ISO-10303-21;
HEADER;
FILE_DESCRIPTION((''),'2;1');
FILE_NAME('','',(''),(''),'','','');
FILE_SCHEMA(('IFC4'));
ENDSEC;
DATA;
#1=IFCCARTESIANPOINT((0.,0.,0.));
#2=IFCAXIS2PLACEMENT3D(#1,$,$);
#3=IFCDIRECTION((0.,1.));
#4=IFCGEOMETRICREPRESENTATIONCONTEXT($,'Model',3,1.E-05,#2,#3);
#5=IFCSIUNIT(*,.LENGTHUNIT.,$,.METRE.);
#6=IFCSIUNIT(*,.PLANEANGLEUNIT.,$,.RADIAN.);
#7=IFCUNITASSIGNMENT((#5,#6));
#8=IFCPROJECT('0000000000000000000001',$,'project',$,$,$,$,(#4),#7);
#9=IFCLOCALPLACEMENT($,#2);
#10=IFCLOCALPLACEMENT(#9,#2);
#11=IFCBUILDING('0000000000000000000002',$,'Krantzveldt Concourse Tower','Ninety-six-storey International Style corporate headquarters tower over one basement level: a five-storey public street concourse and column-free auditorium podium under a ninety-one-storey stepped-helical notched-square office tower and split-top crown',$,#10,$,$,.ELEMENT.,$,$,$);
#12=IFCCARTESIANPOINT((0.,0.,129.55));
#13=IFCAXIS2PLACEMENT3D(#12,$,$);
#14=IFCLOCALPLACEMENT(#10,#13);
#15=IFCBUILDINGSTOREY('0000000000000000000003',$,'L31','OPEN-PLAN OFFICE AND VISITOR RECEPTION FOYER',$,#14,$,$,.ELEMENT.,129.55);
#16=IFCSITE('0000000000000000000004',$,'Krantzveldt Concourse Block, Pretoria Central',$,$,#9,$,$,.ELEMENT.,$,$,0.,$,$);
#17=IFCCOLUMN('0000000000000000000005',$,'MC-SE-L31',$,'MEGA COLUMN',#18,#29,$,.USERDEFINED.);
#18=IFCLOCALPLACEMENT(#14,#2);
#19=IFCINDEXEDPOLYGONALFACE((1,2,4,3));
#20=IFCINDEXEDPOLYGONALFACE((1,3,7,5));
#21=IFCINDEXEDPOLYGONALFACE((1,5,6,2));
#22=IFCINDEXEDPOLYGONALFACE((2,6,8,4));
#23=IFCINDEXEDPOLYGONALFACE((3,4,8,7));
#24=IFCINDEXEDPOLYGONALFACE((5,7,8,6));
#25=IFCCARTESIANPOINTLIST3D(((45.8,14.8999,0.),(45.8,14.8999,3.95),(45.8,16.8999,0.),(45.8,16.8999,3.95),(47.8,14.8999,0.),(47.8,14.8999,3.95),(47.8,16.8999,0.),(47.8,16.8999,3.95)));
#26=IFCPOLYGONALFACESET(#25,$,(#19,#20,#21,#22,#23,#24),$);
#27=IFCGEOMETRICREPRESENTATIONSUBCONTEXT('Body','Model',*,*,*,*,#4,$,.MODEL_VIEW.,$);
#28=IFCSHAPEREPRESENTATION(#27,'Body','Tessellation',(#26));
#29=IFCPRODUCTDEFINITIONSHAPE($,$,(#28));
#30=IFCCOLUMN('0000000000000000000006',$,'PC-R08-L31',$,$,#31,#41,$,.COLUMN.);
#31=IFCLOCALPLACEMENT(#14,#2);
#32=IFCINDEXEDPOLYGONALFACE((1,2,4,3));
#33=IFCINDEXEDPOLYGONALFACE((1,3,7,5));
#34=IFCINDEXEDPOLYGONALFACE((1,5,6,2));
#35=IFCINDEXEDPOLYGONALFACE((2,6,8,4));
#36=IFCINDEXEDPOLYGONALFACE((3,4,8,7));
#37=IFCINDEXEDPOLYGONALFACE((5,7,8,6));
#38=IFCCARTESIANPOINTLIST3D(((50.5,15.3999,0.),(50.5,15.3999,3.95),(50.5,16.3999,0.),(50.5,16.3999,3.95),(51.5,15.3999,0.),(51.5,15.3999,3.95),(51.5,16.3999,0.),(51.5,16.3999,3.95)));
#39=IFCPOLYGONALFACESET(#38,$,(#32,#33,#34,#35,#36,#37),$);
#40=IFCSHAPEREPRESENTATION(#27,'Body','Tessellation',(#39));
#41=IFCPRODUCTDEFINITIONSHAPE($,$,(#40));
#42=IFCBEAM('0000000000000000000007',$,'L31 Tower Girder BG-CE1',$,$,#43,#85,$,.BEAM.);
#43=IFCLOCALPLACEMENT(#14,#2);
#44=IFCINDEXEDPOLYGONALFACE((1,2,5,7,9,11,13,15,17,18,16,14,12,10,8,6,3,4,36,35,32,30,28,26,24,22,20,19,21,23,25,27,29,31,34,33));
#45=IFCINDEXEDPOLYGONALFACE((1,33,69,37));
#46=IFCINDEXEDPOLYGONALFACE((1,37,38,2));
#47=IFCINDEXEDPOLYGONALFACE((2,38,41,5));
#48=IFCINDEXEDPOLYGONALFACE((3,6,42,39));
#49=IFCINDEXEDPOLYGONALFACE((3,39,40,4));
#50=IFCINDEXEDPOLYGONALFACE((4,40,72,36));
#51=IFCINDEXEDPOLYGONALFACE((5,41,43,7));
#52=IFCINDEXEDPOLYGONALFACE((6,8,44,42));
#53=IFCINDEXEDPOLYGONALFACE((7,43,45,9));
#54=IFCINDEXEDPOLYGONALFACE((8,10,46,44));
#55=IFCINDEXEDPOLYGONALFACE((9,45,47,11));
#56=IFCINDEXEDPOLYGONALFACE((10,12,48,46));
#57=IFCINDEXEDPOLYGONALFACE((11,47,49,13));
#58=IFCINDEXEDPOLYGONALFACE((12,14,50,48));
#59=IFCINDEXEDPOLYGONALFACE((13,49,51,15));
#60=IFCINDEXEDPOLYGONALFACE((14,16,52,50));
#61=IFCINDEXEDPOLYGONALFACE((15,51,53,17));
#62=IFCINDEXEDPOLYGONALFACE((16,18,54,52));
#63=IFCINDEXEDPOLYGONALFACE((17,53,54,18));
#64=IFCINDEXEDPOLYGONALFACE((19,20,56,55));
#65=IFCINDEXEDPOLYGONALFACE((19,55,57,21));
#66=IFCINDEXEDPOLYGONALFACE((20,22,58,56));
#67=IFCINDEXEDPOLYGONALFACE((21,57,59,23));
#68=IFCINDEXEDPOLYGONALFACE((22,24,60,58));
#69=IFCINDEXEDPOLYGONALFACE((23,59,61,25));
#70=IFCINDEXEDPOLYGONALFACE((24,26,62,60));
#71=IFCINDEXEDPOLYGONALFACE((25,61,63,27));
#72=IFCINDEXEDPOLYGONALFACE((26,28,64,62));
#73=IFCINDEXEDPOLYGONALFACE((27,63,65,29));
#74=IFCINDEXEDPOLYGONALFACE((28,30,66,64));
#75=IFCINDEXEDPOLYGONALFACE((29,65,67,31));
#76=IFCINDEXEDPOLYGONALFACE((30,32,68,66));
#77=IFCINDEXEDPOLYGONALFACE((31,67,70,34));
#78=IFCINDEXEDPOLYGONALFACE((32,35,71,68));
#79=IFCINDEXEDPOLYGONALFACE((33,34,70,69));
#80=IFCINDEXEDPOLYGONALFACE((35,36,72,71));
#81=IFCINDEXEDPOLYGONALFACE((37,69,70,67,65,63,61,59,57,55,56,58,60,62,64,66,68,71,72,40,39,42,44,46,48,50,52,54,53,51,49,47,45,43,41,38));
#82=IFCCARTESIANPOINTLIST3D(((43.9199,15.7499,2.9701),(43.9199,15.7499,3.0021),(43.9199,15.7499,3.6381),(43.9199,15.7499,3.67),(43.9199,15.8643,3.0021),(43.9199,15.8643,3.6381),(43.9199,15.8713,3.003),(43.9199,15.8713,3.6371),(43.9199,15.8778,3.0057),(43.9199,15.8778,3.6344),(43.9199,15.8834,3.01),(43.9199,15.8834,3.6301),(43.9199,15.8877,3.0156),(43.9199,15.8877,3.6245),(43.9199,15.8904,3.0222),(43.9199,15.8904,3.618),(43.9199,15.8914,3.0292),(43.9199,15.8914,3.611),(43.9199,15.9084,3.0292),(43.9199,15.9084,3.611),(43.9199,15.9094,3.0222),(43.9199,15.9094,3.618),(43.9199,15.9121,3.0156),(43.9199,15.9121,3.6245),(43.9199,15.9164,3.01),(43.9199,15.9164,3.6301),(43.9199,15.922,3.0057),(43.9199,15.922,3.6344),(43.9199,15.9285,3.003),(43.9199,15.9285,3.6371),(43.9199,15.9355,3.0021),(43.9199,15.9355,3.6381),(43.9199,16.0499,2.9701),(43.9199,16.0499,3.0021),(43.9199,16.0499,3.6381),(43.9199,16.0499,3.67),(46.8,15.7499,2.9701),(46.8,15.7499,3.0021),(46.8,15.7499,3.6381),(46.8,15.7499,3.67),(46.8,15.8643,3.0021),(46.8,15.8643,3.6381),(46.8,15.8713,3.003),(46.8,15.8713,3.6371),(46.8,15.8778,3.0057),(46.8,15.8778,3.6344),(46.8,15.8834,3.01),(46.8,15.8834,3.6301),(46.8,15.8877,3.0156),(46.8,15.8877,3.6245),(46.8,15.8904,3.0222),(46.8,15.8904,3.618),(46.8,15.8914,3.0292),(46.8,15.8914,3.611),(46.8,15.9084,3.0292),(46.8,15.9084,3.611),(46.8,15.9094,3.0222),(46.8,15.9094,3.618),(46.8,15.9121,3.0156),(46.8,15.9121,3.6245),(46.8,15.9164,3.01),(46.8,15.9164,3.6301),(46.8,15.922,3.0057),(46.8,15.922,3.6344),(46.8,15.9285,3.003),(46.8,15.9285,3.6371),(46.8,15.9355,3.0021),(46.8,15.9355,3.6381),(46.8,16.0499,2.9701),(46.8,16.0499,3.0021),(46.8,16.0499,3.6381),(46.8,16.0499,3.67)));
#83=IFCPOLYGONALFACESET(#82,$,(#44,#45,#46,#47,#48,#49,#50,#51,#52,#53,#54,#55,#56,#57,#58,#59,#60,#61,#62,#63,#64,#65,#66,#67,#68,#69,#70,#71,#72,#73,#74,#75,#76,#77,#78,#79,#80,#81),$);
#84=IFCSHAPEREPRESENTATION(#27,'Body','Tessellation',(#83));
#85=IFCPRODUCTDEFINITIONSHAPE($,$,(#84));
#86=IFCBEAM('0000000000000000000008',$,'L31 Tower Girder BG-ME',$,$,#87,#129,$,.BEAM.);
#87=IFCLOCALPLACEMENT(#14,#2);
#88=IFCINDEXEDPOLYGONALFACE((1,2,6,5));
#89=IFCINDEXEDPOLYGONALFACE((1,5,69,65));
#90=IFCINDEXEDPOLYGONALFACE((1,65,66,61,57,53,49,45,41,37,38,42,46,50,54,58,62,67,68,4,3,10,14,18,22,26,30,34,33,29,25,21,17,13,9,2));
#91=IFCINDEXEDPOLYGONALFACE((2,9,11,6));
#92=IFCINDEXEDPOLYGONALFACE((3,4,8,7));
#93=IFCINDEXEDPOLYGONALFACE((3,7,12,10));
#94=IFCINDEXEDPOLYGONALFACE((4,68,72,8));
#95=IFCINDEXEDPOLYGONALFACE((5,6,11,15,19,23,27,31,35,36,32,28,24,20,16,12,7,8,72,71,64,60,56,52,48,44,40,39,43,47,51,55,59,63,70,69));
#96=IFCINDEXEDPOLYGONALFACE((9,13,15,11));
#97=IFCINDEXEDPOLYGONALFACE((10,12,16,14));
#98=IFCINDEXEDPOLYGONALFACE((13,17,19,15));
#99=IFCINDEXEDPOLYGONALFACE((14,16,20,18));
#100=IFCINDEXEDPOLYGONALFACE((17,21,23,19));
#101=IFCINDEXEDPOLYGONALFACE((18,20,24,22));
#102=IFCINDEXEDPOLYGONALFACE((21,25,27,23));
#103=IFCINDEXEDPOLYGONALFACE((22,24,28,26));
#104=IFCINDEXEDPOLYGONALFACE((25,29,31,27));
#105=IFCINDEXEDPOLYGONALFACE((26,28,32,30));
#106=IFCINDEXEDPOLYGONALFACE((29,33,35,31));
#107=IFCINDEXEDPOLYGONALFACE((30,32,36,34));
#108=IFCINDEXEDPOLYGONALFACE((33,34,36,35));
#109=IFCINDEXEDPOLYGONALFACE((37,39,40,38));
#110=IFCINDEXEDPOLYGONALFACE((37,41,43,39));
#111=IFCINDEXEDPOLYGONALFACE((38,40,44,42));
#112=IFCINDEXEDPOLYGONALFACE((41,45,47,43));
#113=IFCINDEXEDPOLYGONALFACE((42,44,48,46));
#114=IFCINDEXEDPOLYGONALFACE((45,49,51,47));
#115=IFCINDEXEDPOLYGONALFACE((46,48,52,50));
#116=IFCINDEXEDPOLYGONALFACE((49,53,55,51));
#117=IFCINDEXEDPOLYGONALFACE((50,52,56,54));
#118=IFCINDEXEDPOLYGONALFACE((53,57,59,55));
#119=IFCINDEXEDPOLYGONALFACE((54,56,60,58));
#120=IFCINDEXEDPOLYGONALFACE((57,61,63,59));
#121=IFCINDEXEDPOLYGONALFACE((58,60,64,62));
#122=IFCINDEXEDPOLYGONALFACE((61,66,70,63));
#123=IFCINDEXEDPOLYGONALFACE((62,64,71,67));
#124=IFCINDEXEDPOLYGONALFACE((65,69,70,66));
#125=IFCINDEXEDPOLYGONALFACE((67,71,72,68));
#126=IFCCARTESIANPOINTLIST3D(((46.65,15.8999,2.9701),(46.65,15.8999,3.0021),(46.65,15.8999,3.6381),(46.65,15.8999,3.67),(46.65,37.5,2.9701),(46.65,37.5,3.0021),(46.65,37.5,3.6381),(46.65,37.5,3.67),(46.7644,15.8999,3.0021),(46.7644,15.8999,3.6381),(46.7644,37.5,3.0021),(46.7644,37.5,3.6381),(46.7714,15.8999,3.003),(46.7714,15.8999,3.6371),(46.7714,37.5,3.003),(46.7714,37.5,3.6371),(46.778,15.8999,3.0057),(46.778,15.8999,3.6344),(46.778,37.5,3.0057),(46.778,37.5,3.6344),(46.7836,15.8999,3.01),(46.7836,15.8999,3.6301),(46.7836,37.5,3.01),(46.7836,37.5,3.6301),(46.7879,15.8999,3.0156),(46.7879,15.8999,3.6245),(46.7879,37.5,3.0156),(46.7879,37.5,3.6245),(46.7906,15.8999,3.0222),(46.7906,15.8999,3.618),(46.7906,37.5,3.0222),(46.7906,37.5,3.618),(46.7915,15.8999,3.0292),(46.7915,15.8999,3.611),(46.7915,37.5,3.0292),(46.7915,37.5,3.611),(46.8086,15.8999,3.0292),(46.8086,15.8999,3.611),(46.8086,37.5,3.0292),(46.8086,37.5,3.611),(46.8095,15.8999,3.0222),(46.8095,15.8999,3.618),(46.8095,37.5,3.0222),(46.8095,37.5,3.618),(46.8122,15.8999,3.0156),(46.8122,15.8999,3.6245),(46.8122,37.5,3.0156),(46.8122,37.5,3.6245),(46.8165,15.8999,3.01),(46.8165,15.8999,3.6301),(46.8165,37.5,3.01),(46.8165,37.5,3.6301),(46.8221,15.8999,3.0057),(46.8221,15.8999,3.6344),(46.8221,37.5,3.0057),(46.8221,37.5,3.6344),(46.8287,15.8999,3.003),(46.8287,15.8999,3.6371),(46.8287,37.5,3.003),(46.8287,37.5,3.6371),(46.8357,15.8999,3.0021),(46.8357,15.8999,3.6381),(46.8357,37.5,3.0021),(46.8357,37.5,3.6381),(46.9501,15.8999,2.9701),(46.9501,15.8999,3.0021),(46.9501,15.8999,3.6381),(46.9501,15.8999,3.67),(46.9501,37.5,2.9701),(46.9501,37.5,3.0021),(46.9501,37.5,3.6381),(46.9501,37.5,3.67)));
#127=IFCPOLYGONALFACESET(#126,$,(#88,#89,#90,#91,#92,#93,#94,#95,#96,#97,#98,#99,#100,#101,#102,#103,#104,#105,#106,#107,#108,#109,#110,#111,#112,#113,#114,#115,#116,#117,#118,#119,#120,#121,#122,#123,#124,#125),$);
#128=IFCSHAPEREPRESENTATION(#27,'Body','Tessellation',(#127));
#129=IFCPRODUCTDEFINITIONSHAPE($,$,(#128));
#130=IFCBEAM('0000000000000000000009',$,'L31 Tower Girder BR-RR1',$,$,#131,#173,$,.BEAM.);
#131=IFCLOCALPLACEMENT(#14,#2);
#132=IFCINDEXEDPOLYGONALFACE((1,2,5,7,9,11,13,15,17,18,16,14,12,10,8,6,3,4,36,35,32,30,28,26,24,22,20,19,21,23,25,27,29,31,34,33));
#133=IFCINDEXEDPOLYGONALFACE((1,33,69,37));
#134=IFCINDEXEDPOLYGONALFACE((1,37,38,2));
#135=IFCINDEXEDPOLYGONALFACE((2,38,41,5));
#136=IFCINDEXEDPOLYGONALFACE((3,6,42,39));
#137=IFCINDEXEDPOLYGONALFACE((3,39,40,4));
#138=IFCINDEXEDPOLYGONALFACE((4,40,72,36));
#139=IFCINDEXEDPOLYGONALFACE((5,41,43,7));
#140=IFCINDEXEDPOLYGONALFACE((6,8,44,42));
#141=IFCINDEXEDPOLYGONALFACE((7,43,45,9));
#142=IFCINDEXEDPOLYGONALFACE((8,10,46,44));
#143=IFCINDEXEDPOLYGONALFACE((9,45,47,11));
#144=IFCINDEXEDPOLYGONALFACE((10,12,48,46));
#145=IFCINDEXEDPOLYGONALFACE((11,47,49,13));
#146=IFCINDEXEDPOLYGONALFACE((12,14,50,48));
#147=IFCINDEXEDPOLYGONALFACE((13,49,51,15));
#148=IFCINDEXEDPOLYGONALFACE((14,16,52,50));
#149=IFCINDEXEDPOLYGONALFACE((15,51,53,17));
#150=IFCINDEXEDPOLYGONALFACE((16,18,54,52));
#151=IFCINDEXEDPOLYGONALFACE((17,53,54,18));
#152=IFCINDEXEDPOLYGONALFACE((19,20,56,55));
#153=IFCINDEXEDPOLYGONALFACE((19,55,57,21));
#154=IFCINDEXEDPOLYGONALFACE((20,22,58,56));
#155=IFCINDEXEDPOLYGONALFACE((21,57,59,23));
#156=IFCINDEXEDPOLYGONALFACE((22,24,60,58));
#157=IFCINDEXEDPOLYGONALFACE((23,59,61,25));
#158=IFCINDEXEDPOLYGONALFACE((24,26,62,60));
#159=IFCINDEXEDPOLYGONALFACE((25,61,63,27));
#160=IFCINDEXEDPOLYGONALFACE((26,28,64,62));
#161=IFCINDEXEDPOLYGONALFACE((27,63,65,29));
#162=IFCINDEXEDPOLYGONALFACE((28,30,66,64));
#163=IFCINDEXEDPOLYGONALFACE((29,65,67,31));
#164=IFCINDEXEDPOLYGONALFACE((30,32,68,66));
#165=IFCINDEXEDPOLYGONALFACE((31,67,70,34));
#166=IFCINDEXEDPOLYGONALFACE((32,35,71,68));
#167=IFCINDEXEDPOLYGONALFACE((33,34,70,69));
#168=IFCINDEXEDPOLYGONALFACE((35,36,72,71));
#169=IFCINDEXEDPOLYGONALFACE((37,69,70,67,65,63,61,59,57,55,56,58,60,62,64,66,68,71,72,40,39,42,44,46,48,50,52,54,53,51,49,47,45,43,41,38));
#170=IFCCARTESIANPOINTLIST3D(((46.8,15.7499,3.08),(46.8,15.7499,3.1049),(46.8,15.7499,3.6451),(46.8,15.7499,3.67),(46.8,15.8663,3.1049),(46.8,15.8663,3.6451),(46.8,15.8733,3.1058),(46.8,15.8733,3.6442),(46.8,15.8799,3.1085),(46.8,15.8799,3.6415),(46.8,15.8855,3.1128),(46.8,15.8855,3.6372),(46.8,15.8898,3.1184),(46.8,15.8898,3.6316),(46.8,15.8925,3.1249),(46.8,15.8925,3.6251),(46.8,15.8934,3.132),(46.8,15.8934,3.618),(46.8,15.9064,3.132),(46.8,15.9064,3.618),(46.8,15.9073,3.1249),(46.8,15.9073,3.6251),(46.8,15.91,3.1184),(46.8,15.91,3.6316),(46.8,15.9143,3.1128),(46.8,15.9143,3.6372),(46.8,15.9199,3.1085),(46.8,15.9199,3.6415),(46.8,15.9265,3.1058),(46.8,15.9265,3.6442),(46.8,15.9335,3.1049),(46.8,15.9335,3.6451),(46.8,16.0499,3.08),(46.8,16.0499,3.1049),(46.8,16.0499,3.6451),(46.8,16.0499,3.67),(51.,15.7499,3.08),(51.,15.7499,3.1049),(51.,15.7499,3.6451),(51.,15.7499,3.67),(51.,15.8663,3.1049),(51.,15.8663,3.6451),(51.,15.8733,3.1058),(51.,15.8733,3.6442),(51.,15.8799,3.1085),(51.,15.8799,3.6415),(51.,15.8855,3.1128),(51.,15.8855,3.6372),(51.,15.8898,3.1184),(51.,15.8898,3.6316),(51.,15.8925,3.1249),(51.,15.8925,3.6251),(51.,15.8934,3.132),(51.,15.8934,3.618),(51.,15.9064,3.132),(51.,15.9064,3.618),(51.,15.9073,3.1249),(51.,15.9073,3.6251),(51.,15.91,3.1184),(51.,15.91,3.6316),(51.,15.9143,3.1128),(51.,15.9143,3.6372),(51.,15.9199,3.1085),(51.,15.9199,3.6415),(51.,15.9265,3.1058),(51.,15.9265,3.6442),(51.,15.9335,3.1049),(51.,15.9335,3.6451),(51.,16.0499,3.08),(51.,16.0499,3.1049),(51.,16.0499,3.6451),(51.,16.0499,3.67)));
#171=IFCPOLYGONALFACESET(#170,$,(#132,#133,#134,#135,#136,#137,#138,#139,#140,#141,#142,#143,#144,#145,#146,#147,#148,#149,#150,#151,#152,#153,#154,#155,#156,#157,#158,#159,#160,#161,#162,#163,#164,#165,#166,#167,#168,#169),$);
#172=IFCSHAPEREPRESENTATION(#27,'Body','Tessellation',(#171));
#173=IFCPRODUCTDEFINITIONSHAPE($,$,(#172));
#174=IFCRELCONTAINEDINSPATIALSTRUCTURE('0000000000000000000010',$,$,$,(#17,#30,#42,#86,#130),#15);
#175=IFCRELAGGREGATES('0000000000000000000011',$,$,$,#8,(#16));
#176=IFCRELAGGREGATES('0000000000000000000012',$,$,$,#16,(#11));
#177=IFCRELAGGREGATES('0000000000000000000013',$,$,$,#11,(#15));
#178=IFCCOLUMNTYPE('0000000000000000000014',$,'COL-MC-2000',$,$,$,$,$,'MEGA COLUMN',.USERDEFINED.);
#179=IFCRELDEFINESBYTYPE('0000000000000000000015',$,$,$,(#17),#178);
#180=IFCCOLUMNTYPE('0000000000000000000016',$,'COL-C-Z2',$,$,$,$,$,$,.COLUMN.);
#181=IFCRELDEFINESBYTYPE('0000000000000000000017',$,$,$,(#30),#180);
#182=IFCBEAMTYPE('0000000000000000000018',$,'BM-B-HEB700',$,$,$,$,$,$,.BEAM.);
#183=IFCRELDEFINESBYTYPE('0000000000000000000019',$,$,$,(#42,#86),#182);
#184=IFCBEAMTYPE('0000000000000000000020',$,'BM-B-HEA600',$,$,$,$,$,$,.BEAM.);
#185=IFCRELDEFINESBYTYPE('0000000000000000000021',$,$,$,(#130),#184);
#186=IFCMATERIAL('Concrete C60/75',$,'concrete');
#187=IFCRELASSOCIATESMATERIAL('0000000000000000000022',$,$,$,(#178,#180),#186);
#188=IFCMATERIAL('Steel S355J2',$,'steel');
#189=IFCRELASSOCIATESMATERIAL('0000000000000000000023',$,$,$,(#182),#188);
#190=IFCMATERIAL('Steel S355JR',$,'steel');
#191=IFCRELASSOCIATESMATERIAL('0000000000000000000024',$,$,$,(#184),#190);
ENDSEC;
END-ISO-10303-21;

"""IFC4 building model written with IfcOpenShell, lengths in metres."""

from ifc_helpers import new_model, si_unit, direction, frame, origin, origin_2d, place, context, subcontext, project, spatial, rectangle, i_section, extrude, source, transform, mapped, material, material_profile, profile_set, type_object, type_shapes, element, save


model = new_model("IFC4")

# Units and contexts
model_context = context("Model", 3, precision=1e-05, world=origin(), true_north=direction((0.0, 1.0)))
body_context = subcontext(model_context, "Body", "Model", "MODEL_VIEW")
ifc_project = project(units=[si_unit("LENGTHUNIT", "METRE"), si_unit("PLANEANGLEUNIT", "RADIAN")], contexts=[model_context])

# Site, building, storey
site_placement = place(None, origin())
site = spatial("IfcSite", under=ifc_project, at=site_placement, Name="Krantzveldt Concourse Block, Pretoria Central", CompositionType="ELEMENT", RefElevation=0.0)
building_placement = place(site_placement, origin())
building = spatial("IfcBuilding", under=site, at=building_placement, Name="Krantzveldt Concourse Tower", Description="Ninety-six-storey International Style corporate headquarters tower over one basement level: a five-storey public street concourse and column-free auditorium podium under a ninety-one-storey stepped-helical notched-square office tower and split-top crown", CompositionType="ELEMENT")
storey_placement = place(building_placement, frame((0.0, 0.0, 129.55)))
storey = spatial("IfcBuildingStorey", under=building, at=storey_placement, Name="L31", Description="OPEN-PLAN OFFICE AND VISITOR RECEPTION FOYER", CompositionType="ELEMENT", Elevation=129.55)

# Columns
ifc_material_1 = material(Name="Concrete C60/75", Category="concrete")
ifc_material_profile_1 = material_profile(ifc_material_1, rectangle(XDim=2.0, YDim=2.0, at=origin_2d()), Name="Concrete C60/75", Category="concrete")
ifc_profile_set_1 = profile_set([ifc_material_profile_1], Name="Concrete C60/75 - RC 2000x2000")
column_type_1 = type_object("IfcColumnType", Name="COL-MC-2000", ElementType="MEGA COLUMN", PredefinedType="USERDEFINED", material=ifc_profile_set_1)
shared_shape_1 = source(origin(), body_context, "Body", "SweptSolid", [
    extrude(rectangle(XDim=2.0, YDim=2.0, at=origin_2d()), origin(), (0.0, 0.0, 1.0), 3.95),
])
type_shapes(column_type_1, [shared_shape_1])
column_1_placement = place(storey_placement, frame((46.8, 15.8999, 0.0), z_axis=(0.0, 0.0, 1.0), x_axis=(1.0, 0.0, 0.0)))
element("IfcColumn", 1, at=column_1_placement, inside=storey, type_object=column_type_1, Name="MC-SE-L31", ObjectType="MEGA COLUMN", PredefinedType="USERDEFINED", context=body_context, shape_type="MappedRepresentation", body=[
    mapped(shared_shape_1, transform((0.0, 0.0, 0.0), x_axis=(1.0, 0.0, 0.0), y_axis=(0.0, 1.0, 0.0), z_axis=(0.0, 0.0, 1.0), scale=1.0)),
])
ifc_material_profile_2 = material_profile(ifc_material_1, rectangle(XDim=1.0, YDim=1.0, at=origin_2d()), Name="Concrete C60/75", Category="concrete")
ifc_profile_set_2 = profile_set([ifc_material_profile_2], Name="Concrete C60/75 - RC 1000x1000")
column_type_2 = type_object("IfcColumnType", Name="COL-C-Z2", PredefinedType="COLUMN", material=ifc_profile_set_2)
shared_shape_2 = source(origin(), body_context, "Body", "SweptSolid", [
    extrude(rectangle(XDim=1.0, YDim=1.0, at=origin_2d()), origin(), (0.0, 0.0, 1.0), 3.95),
])
type_shapes(column_type_2, [shared_shape_2])
column_2_placement = place(storey_placement, frame((51.0, 15.8999, 0.0), z_axis=(0.0, 0.0, 1.0), x_axis=(1.0, 0.0, 0.0)))
element("IfcColumn", 2, at=column_2_placement, inside=storey, type_object=column_type_2, Name="PC-R08-L31", PredefinedType="COLUMN", context=body_context, shape_type="MappedRepresentation", body=[
    mapped(shared_shape_2, transform((0.0, 0.0, 0.0), x_axis=(1.0, 0.0, 0.0), y_axis=(0.0, 1.0, 0.0), z_axis=(0.0, 0.0, 1.0), scale=1.0)),
])

# Beams
ifc_material_2 = material(Name="Steel S355J2", Category="steel")
ifc_material_profile_3 = material_profile(ifc_material_2, i_section(OverallWidth=0.3, OverallDepth=0.7, WebThickness=0.0171, FlangeThickness=0.032, FilletRadius=0.0271, at=origin_2d()), Name="Steel S355J2", Category="steel")
ifc_profile_set_3 = profile_set([ifc_material_profile_3], Name="Steel S355J2 - HEB 700")
beam_type_1 = type_object("IfcBeamType", Name="BM-B-HEB700", PredefinedType="BEAM", material=ifc_profile_set_3)
shared_shape_3 = source(origin(), body_context, "Body", "SweptSolid", [
    extrude(i_section(OverallWidth=0.3, OverallDepth=0.7, WebThickness=0.0171, FlangeThickness=0.032, FilletRadius=0.0271, at=origin_2d()), origin(), (0.0, 0.0, 1.0), 2.8801),
])
beam_1_placement = place(storey_placement, frame((43.9199, 15.8999, 3.3201), z_axis=(1.0, 0.0, 0.0), x_axis=(0.0, 1.0, 0.0)))
element("IfcBeam", 3, at=beam_1_placement, inside=storey, type_object=beam_type_1, Name="L31 Tower Girder BG-CE1", PredefinedType="BEAM", context=body_context, shape_type="MappedRepresentation", body=[
    mapped(shared_shape_3, transform((0.0, 0.0, 0.0), x_axis=(1.0, 0.0, 0.0), y_axis=(0.0, 1.0, 0.0), z_axis=(0.0, 0.0, 1.0), scale=1.0)),
])
shared_shape_4 = source(origin(), body_context, "Body", "SweptSolid", [
    extrude(i_section(OverallWidth=0.3, OverallDepth=0.7, WebThickness=0.0171, FlangeThickness=0.032, FilletRadius=0.0271, at=origin_2d()), origin(), (0.0, 0.0, 1.0), 21.6001),
])
type_shapes(beam_type_1, [shared_shape_3, shared_shape_4])
beam_2_placement = place(storey_placement, frame((46.8, 15.8999, 3.3201), z_axis=(0.0, 1.0, 0.0), x_axis=(-1.0, 0.0, 0.0)))
element("IfcBeam", 4, at=beam_2_placement, inside=storey, type_object=beam_type_1, Name="L31 Tower Girder BG-ME", PredefinedType="BEAM", context=body_context, shape_type="MappedRepresentation", body=[
    mapped(shared_shape_4, transform((0.0, 0.0, 0.0), x_axis=(1.0, 0.0, 0.0), y_axis=(0.0, 1.0, 0.0), z_axis=(0.0, 0.0, 1.0), scale=1.0)),
])
ifc_material_3 = material(Name="Steel S355JR", Category="steel")
ifc_material_profile_4 = material_profile(ifc_material_3, i_section(OverallWidth=0.3, OverallDepth=0.5901, WebThickness=0.0129, FlangeThickness=0.0249, FilletRadius=0.0271, at=origin_2d()), Name="Steel S355JR", Category="steel")
ifc_profile_set_4 = profile_set([ifc_material_profile_4], Name="Steel S355JR - HEA 600")
beam_type_2 = type_object("IfcBeamType", Name="BM-B-HEA600", PredefinedType="BEAM", material=ifc_profile_set_4)
shared_shape_5 = source(origin(), body_context, "Body", "SweptSolid", [
    extrude(i_section(OverallWidth=0.3, OverallDepth=0.5901, WebThickness=0.0129, FlangeThickness=0.0249, FilletRadius=0.0271, at=origin_2d()), origin(), (0.0, 0.0, 1.0), 4.2),
])
beam_3_placement = place(storey_placement, frame((46.8, 15.8999, 3.375), z_axis=(1.0, 0.0, 0.0), x_axis=(0.0, 1.0, 0.0)))
element("IfcBeam", 5, at=beam_3_placement, inside=storey, type_object=beam_type_2, Name="L31 Tower Girder BR-RR1", PredefinedType="BEAM", context=body_context, shape_type="MappedRepresentation", body=[
    mapped(shared_shape_5, transform((0.0, 0.0, 0.0), x_axis=(1.0, 0.0, 0.0), y_axis=(0.0, 1.0, 0.0), z_axis=(0.0, 0.0, 1.0), scale=1.0)),
])

save(model, "model.ifc")
